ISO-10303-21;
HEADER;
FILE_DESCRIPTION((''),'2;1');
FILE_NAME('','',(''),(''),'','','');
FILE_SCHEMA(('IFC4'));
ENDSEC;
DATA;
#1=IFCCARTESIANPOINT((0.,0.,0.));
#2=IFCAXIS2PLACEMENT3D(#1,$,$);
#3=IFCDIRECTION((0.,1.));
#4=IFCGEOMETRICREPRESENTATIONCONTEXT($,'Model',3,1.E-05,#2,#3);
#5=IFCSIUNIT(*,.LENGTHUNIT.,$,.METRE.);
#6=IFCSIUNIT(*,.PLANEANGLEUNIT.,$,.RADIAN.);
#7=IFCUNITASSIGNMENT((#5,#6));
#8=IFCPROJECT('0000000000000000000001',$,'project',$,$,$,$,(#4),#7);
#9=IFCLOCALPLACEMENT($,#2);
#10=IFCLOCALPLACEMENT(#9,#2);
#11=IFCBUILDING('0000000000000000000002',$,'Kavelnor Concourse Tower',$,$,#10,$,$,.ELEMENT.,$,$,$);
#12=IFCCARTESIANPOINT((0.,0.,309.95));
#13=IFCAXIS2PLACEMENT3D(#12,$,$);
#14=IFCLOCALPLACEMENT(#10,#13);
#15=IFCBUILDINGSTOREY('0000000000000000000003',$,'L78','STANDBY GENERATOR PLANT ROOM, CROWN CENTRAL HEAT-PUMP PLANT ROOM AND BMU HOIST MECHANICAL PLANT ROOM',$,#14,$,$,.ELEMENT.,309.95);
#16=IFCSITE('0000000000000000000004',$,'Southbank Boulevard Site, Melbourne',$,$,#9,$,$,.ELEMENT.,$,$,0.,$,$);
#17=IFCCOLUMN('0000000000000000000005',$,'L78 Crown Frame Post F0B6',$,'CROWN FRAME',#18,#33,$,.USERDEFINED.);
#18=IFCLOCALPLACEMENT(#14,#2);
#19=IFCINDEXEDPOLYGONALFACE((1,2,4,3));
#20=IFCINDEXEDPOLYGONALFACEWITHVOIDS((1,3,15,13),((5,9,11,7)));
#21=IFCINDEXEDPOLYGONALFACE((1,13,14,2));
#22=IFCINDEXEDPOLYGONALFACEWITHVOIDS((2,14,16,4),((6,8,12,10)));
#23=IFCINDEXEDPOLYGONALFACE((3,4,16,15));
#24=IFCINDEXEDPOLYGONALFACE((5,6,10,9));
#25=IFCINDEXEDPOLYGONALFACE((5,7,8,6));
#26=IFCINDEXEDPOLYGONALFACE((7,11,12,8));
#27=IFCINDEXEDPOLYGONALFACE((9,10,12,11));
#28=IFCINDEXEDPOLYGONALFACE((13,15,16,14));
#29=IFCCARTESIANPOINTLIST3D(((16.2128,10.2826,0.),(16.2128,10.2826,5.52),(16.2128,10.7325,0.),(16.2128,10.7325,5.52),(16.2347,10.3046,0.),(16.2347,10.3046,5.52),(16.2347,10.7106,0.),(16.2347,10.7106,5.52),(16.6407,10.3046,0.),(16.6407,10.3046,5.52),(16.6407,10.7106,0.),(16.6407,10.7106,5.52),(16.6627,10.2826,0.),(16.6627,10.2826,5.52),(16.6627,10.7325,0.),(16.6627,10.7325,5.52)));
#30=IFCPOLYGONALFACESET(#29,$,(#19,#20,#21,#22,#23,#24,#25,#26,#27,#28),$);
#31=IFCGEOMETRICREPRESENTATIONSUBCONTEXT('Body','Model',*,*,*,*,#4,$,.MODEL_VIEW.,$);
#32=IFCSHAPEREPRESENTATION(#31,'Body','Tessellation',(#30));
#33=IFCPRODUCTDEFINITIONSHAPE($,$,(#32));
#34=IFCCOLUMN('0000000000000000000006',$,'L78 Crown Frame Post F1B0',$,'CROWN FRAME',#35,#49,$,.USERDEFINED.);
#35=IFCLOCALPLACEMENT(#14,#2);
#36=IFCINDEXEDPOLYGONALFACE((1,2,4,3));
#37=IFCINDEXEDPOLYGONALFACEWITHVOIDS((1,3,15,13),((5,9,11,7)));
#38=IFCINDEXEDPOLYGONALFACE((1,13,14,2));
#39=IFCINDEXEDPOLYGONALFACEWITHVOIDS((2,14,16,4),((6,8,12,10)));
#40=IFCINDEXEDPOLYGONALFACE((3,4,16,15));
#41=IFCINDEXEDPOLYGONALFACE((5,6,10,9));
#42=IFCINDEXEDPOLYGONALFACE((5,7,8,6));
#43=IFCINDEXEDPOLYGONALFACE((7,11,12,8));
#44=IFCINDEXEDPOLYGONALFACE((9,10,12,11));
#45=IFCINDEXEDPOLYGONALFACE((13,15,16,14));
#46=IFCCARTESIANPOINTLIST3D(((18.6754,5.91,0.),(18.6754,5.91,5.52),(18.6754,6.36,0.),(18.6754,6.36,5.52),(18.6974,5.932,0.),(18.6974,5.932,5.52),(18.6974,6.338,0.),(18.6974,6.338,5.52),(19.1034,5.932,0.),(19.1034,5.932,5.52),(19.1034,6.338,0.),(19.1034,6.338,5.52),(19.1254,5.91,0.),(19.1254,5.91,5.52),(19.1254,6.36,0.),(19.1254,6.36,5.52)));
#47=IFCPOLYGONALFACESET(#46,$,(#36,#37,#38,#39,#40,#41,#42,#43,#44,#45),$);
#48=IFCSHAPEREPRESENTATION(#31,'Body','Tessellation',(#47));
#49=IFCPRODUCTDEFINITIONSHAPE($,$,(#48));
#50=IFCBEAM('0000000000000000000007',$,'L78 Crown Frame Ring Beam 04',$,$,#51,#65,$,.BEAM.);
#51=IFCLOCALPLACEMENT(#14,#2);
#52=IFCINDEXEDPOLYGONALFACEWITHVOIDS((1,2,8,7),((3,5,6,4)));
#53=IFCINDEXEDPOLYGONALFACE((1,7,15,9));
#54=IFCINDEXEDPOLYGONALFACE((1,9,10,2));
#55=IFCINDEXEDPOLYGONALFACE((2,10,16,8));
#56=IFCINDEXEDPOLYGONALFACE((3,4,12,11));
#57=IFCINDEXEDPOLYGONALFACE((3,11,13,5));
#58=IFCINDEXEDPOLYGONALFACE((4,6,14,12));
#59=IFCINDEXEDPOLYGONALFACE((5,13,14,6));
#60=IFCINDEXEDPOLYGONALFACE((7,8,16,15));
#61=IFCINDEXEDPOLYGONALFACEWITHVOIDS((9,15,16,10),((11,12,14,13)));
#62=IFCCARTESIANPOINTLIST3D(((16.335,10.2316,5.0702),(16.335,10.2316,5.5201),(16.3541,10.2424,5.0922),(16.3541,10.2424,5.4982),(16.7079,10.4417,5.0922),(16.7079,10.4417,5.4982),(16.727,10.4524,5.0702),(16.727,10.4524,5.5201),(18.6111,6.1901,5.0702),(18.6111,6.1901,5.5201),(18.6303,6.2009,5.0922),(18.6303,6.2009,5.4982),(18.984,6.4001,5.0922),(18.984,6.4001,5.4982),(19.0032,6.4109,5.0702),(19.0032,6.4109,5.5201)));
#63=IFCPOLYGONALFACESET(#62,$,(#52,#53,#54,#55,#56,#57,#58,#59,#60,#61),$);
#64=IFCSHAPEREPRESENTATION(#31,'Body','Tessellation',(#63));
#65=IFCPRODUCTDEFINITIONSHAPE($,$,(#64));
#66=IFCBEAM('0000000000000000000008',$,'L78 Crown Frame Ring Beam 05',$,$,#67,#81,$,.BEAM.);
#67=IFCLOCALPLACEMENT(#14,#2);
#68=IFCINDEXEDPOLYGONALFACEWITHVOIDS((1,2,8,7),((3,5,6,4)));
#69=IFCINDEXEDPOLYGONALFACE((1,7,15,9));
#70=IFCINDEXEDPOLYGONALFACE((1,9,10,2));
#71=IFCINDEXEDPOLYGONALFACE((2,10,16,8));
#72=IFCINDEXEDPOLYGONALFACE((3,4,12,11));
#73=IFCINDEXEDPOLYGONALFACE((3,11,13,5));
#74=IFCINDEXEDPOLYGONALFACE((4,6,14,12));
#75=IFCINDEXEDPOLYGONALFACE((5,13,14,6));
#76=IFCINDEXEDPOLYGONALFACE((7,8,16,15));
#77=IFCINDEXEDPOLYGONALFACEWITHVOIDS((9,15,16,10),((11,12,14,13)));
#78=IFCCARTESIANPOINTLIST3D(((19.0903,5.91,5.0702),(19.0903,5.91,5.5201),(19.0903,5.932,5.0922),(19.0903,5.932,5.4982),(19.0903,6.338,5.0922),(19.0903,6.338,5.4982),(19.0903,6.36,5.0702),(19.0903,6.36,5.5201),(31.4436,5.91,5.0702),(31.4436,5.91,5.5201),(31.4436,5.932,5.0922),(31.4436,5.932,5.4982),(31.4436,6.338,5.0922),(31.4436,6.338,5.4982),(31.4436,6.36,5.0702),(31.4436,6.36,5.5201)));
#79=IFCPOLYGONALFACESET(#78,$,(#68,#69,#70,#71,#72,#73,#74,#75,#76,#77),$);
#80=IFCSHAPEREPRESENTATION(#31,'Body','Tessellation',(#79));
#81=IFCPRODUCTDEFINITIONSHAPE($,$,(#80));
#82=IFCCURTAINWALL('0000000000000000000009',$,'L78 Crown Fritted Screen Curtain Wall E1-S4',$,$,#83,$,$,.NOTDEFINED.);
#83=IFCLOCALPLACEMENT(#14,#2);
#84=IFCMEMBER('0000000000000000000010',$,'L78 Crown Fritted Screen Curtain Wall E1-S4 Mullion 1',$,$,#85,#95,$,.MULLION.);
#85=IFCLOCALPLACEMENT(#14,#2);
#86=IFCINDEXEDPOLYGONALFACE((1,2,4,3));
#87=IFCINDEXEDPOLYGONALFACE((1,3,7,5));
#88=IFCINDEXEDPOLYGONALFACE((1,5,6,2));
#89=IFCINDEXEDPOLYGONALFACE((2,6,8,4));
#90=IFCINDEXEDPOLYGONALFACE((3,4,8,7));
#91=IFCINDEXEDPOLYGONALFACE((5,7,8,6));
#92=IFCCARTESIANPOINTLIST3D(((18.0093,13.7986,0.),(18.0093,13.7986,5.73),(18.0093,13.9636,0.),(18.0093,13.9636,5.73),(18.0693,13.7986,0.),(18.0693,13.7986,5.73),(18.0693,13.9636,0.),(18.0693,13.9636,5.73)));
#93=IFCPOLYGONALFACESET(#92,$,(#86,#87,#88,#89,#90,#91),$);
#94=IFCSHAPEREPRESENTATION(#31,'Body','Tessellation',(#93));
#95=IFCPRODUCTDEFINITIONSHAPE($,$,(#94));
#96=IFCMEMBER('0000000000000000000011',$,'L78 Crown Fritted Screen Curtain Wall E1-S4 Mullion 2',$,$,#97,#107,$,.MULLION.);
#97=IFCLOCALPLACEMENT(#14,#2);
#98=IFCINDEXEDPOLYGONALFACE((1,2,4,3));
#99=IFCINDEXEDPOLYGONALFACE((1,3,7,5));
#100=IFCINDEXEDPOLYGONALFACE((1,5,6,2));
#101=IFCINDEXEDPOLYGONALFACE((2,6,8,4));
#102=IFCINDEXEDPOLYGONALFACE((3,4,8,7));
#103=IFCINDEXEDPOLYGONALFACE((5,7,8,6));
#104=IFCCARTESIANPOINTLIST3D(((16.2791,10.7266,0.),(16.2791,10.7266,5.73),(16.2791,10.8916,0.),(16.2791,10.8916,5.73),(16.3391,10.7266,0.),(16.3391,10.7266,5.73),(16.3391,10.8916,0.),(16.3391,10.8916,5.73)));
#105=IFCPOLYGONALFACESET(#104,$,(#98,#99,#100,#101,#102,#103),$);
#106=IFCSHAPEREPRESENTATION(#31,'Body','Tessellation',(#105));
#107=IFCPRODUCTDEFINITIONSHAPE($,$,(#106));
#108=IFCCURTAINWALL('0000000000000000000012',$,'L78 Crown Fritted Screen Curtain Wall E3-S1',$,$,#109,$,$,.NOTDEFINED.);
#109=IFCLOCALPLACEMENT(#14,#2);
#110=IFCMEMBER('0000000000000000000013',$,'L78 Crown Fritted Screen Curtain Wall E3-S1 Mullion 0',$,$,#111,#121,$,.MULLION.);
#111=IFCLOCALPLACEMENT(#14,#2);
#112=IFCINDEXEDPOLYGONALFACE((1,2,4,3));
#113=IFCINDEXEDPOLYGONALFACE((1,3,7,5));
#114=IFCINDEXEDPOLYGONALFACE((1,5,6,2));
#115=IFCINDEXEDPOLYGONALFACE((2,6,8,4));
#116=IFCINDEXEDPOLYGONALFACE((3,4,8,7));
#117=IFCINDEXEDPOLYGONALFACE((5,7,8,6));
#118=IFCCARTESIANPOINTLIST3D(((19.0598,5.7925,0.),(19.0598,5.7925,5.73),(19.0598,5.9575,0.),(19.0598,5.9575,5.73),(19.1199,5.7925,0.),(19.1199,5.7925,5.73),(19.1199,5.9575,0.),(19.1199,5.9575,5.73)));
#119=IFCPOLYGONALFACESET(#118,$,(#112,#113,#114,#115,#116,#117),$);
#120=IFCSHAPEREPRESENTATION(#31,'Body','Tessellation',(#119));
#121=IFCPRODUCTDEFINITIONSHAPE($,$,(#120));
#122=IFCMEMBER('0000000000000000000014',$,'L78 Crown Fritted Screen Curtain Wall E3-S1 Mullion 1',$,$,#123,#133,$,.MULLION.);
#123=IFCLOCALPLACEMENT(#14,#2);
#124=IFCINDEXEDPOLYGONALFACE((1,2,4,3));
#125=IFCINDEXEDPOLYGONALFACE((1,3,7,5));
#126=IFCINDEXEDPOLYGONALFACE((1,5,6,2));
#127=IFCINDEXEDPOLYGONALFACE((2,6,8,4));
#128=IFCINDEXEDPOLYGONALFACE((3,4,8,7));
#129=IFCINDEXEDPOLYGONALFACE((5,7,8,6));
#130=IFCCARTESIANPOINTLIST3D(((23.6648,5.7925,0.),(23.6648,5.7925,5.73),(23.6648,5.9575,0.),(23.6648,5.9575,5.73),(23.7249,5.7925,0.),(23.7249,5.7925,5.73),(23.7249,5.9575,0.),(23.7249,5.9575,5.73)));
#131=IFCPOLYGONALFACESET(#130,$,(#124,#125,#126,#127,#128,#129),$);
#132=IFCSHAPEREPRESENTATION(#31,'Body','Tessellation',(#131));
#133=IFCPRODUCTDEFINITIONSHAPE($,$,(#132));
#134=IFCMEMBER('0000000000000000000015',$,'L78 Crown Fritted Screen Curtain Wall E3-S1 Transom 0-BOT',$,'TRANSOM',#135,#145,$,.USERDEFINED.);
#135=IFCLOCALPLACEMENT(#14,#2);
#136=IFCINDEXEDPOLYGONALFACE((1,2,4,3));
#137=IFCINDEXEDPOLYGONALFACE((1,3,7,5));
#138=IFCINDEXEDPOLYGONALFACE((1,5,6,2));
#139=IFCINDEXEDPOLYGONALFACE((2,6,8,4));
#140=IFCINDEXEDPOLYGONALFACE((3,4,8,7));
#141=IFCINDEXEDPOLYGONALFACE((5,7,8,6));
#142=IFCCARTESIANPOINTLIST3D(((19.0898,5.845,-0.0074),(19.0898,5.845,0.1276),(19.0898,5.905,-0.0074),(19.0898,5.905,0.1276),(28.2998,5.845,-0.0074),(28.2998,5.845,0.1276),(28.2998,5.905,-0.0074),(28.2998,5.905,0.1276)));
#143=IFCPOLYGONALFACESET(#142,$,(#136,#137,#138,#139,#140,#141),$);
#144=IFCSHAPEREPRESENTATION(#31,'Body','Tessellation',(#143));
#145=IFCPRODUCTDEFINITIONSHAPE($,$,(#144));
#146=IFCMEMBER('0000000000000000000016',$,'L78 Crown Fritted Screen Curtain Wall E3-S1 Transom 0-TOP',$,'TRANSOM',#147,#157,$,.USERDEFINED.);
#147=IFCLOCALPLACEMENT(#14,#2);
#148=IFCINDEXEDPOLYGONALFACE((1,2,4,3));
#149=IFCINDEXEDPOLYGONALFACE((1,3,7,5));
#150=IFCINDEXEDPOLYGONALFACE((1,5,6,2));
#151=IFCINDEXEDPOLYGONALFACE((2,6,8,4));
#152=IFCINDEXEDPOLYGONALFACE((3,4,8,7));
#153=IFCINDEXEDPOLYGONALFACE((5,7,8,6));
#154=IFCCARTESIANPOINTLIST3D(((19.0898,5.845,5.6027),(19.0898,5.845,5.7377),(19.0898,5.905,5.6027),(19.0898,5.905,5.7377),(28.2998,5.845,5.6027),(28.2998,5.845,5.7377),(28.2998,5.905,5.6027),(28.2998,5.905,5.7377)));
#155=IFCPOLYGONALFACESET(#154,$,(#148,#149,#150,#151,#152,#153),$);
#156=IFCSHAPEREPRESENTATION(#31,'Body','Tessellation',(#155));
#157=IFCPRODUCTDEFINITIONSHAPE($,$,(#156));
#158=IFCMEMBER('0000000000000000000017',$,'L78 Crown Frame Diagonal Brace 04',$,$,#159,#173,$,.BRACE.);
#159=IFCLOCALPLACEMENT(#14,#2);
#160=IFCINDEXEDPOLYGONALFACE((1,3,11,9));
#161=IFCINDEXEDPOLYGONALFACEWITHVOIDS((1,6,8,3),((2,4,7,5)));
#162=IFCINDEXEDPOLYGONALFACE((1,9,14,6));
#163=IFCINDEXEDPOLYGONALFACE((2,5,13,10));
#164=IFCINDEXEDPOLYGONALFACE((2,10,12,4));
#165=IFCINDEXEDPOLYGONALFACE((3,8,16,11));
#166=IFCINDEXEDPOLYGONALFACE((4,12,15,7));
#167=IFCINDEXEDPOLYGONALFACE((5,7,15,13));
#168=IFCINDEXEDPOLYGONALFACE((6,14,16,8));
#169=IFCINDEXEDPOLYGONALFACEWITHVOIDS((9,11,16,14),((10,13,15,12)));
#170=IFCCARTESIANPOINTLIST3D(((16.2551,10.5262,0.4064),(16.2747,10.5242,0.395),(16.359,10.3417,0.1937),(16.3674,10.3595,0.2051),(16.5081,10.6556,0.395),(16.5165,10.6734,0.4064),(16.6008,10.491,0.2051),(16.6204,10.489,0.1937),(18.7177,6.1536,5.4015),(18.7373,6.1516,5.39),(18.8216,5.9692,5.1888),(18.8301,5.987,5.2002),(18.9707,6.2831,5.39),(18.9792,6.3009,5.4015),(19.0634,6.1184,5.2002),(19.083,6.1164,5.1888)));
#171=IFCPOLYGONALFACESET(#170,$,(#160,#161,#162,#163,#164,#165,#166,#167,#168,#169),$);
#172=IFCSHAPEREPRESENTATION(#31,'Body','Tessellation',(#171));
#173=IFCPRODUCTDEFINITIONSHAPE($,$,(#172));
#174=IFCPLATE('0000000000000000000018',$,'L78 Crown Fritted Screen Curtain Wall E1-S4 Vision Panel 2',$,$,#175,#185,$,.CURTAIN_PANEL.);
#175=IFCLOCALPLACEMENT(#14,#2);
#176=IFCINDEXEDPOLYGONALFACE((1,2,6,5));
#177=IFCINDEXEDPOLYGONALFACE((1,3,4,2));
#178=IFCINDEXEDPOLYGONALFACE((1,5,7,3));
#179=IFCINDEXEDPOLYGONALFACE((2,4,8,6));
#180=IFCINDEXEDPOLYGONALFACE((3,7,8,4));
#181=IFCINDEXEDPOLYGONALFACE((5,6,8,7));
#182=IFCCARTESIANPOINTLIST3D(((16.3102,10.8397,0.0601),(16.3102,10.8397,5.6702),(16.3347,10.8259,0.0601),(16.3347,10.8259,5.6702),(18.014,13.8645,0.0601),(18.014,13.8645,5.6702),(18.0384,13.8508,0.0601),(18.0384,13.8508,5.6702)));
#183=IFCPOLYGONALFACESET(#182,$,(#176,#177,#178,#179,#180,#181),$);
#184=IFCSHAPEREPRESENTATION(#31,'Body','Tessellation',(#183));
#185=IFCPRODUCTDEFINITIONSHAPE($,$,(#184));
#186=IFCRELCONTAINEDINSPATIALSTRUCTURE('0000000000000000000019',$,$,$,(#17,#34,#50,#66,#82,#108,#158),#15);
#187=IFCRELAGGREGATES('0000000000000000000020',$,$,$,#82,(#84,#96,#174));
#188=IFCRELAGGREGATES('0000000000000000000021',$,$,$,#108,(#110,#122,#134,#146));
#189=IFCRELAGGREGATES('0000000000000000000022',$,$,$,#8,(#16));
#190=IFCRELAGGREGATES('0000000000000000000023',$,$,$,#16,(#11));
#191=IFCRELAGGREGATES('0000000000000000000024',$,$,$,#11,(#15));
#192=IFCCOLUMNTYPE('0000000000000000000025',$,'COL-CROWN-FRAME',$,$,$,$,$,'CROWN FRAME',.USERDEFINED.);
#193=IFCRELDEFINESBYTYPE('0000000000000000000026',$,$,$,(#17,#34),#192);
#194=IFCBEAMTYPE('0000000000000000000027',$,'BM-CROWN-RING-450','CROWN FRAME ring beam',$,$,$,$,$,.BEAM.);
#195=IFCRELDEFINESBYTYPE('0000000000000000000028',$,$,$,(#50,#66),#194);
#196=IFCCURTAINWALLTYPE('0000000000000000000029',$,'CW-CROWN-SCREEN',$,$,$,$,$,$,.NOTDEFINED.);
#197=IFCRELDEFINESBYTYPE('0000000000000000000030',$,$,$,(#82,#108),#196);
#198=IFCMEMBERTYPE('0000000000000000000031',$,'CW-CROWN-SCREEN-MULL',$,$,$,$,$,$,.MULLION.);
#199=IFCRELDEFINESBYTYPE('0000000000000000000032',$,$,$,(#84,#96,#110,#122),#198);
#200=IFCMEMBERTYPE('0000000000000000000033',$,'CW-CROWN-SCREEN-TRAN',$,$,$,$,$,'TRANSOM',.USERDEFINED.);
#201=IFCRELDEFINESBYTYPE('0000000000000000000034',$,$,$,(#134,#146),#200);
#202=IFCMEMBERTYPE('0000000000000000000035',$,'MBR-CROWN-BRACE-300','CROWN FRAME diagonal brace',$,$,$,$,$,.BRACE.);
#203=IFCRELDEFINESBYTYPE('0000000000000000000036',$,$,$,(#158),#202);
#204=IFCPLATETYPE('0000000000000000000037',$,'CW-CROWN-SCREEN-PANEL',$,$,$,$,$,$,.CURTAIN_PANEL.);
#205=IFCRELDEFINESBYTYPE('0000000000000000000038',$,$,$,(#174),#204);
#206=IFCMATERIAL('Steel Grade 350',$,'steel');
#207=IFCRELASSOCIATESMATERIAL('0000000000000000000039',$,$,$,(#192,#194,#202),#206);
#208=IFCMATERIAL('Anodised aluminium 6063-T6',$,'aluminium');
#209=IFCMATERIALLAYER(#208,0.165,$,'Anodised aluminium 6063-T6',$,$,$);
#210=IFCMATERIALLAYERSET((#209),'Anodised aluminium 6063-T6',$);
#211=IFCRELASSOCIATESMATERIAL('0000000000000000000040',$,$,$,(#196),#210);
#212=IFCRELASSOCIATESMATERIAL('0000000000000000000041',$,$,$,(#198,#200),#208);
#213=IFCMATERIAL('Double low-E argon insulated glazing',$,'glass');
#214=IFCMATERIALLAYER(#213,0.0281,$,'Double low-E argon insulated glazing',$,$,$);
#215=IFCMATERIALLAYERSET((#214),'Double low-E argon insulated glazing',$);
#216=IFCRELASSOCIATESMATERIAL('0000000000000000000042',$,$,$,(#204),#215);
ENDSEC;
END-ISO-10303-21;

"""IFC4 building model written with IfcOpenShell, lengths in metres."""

from ifc_helpers import new_model, si_unit, direction, frame, origin, origin_2d, place, context, subcontext, project, spatial, rectangle, hollow_rectangle, extrude, material, layer, layer_set, material_profile, profile_set, type_object, element, aggregate, save


model = new_model("IFC4")

# Units and contexts
model_context = context("Model", 3, precision=1e-05, world=origin(), true_north=direction((0.0, 1.0)))
body_context = subcontext(model_context, "Body", "Model", "MODEL_VIEW")
ifc_project = project(units=[si_unit("LENGTHUNIT", "METRE"), si_unit("PLANEANGLEUNIT", "RADIAN")], contexts=[model_context])

# Site, building, storey
site_placement = place(None, origin())
site = spatial("IfcSite", under=ifc_project, at=site_placement, Name="Southbank Boulevard Site, Melbourne", CompositionType="ELEMENT", RefElevation=0.0)
building_placement = place(site_placement, origin())
building = spatial("IfcBuilding", under=site, at=building_placement, Name="Kavelnor Concourse Tower", CompositionType="ELEMENT")
storey_placement = place(building_placement, frame((0.0, 0.0, 309.95)))
storey = spatial("IfcBuildingStorey", under=building, at=storey_placement, Name="L78", Description="STANDBY GENERATOR PLANT ROOM, CROWN CENTRAL HEAT-PUMP PLANT ROOM AND BMU HOIST MECHANICAL PLANT ROOM", CompositionType="ELEMENT", Elevation=309.95)

# Columns
ifc_material_1 = material(Name="Steel Grade 350", Category="steel")
ifc_material_profile_1 = material_profile(ifc_material_1, hollow_rectangle(XDim=0.45, YDim=0.45, WallThickness=0.022, at=origin_2d()), Name="SHS 450x450x22")
ifc_profile_set_1 = profile_set([ifc_material_profile_1], Name="Steel Grade 350")
column_type = type_object("IfcColumnType", Name="COL-CROWN-FRAME", ElementType="CROWN FRAME", PredefinedType="USERDEFINED", material=ifc_profile_set_1)
for number, where, z_axis, x_axis, name in (
    (1, (16.4377, 10.5076, 0.0), (0.0, 0.0, 1.0), (1.0, 0.0, 0.0), "L78 Crown Frame Post F0B6"),
    (2, (18.9004, 6.135, 0.0), (0.0, 0.0, 1.0), (1.0, 0.0, 0.0), "L78 Crown Frame Post F1B0"),
):
    element("IfcColumn", number, at=place(storey_placement, frame(where, z_axis=z_axis, x_axis=x_axis)), inside=storey, type_object=column_type, Name=name, ObjectType="CROWN FRAME", PredefinedType="USERDEFINED", context=body_context, shape_type="SweptSolid", body=[
        extrude(hollow_rectangle(XDim=0.45, YDim=0.45, WallThickness=0.022, at=origin_2d()), origin(), (0.0, 0.0, 1.0), 5.52),
    ])

# Beams
ifc_material_profile_2 = material_profile(ifc_material_1, hollow_rectangle(XDim=0.45, YDim=0.45, WallThickness=0.022, at=origin_2d()), Name="RHS 450x450x22")
ifc_profile_set_2 = profile_set([ifc_material_profile_2], Name="Steel Grade 350")
beam_type = type_object("IfcBeamType", Name="BM-CROWN-RING-450", Description="CROWN FRAME ring beam", PredefinedType="BEAM", material=ifc_profile_set_2)
beam_1_placement = place(storey_placement, frame((16.531, 10.342, 5.2952), z_axis=(0.490716, -0.87132, 0.0), x_axis=(0.87132, 0.490716, 0.0)))
element("IfcBeam", 3, at=beam_1_placement, inside=storey, type_object=beam_type, Name="L78 Crown Frame Ring Beam 04", PredefinedType="BEAM", context=body_context, shape_type="SweptSolid", body=[
    extrude(hollow_rectangle(XDim=0.45, YDim=0.45, WallThickness=0.022, at=origin_2d()), origin(), (0.0, 0.0, 1.0), 4.6384),
])
beam_2_placement = place(storey_placement, frame((19.0903, 6.135, 5.2952), z_axis=(1.0, 0.0, 0.0), x_axis=(0.0, 1.0, 0.0)))
element("IfcBeam", 4, at=beam_2_placement, inside=storey, type_object=beam_type, Name="L78 Crown Frame Ring Beam 05", PredefinedType="BEAM", context=body_context, shape_type="SweptSolid", body=[
    extrude(hollow_rectangle(XDim=0.45, YDim=0.45, WallThickness=0.022, at=origin_2d()), origin(), (0.0, 0.0, 1.0), 12.3533),
])

# Curtain walls, members
ifc_material_2 = material(Name="Anodised aluminium 6063-T6", Category="aluminium")
ifc_layer_1 = layer(ifc_material_2, 0.165, Name="Anodised aluminium 6063-T6")
ifc_layer_set_1 = layer_set([ifc_layer_1], Name="Anodised aluminium 6063-T6")
curtain_wall_type = type_object("IfcCurtainWallType", Name="CW-CROWN-SCREEN", PredefinedType="NOTDEFINED", material=ifc_layer_set_1)
curtain_wall_1_placement = place(storey_placement, origin())
curtain_wall_1 = element("IfcCurtainWall", 5, at=curtain_wall_1_placement, inside=storey, type_object=curtain_wall_type, Name="L78 Crown Fritted Screen Curtain Wall E1-S4", PredefinedType="NOTDEFINED")
ifc_material_profile_3 = material_profile(ifc_material_2, rectangle(XDim=0.0601, YDim=0.165, at=origin_2d()), Name="AL-MULL 60x165")
ifc_profile_set_3 = profile_set([ifc_material_profile_3], Name="Anodised aluminium 6063-T6")
member_type_1 = type_object("IfcMemberType", Name="CW-CROWN-SCREEN-MULL", PredefinedType="MULLION", material=ifc_profile_set_3)
member_1_placement = place(storey_placement, frame((18.0393, 13.8811, 0.0), z_axis=(0.0, 0.0, 1.0), x_axis=(1.0, 0.0, 0.0)))
member_1 = element("IfcMember", 6, at=member_1_placement, type_object=member_type_1, Name="L78 Crown Fritted Screen Curtain Wall E1-S4 Mullion 1", PredefinedType="MULLION", context=body_context, shape_type="SweptSolid", body=[
    extrude(rectangle(XDim=0.0601, YDim=0.165, at=origin_2d()), origin(), (0.0, 0.0, 1.0), 5.73),
])
member_2_placement = place(storey_placement, frame((16.3091, 10.8091, 0.0), z_axis=(0.0, 0.0, 1.0), x_axis=(1.0, 0.0, 0.0)))
member_2 = element("IfcMember", 7, at=member_2_placement, type_object=member_type_1, Name="L78 Crown Fritted Screen Curtain Wall E1-S4 Mullion 2", PredefinedType="MULLION", context=body_context, shape_type="SweptSolid", body=[
    extrude(rectangle(XDim=0.0601, YDim=0.165, at=origin_2d()), origin(), (0.0, 0.0, 1.0), 5.73),
])
curtain_wall_2_placement = place(storey_placement, origin())
curtain_wall_2 = element("IfcCurtainWall", 8, at=curtain_wall_2_placement, inside=storey, type_object=curtain_wall_type, Name="L78 Crown Fritted Screen Curtain Wall E3-S1", PredefinedType="NOTDEFINED")
member_3_placement = place(storey_placement, frame((19.0898, 5.875, 0.0), z_axis=(0.0, 0.0, 1.0), x_axis=(1.0, 0.0, 0.0)))
member_3 = element("IfcMember", 9, at=member_3_placement, type_object=member_type_1, Name="L78 Crown Fritted Screen Curtain Wall E3-S1 Mullion 0", PredefinedType="MULLION", context=body_context, shape_type="SweptSolid", body=[
    extrude(rectangle(XDim=0.0601, YDim=0.165, at=origin_2d()), origin(), (0.0, 0.0, 1.0), 5.73),
])
member_4_placement = place(storey_placement, frame((23.6948, 5.875, 0.0), z_axis=(0.0, 0.0, 1.0), x_axis=(1.0, 0.0, 0.0)))
member_4 = element("IfcMember", 10, at=member_4_placement, type_object=member_type_1, Name="L78 Crown Fritted Screen Curtain Wall E3-S1 Mullion 1", PredefinedType="MULLION", context=body_context, shape_type="SweptSolid", body=[
    extrude(rectangle(XDim=0.0601, YDim=0.165, at=origin_2d()), origin(), (0.0, 0.0, 1.0), 5.73),
])
ifc_material_profile_4 = material_profile(ifc_material_2, rectangle(XDim=0.0601, YDim=0.135, at=origin_2d()), Name="AL-TRAN 60x135")
ifc_profile_set_4 = profile_set([ifc_material_profile_4], Name="Anodised aluminium 6063-T6")
member_type_2 = type_object("IfcMemberType", Name="CW-CROWN-SCREEN-TRAN", ElementType="TRANSOM", PredefinedType="USERDEFINED", material=ifc_profile_set_4)
member_5_placement = place(storey_placement, frame((19.0898, 5.875, 0.0601), z_axis=(1.0, 0.0, 0.0), x_axis=(0.0, 1.0, 0.0)))
member_5 = element("IfcMember", 11, at=member_5_placement, type_object=member_type_2, Name="L78 Crown Fritted Screen Curtain Wall E3-S1 Transom 0-BOT", ObjectType="TRANSOM", PredefinedType="USERDEFINED", context=body_context, shape_type="SweptSolid", body=[
    extrude(rectangle(XDim=0.0601, YDim=0.135, at=origin_2d()), origin(), (0.0, 0.0, 1.0), 9.21),
])
member_6_placement = place(storey_placement, frame((19.0898, 5.875, 5.6702), z_axis=(1.0, 0.0, 0.0), x_axis=(0.0, 1.0, 0.0)))
member_6 = element("IfcMember", 12, at=member_6_placement, type_object=member_type_2, Name="L78 Crown Fritted Screen Curtain Wall E3-S1 Transom 0-TOP", ObjectType="TRANSOM", PredefinedType="USERDEFINED", context=body_context, shape_type="SweptSolid", body=[
    extrude(rectangle(XDim=0.0601, YDim=0.135, at=origin_2d()), origin(), (0.0, 0.0, 1.0), 9.21),
])

# Member
ifc_material_profile_5 = material_profile(ifc_material_1, hollow_rectangle(XDim=0.3, YDim=0.3, WallThickness=0.0161, at=origin_2d()), Name="SHS 300x300x16")
ifc_profile_set_5 = profile_set([ifc_material_profile_5], Name="Steel Grade 350")
member_type_3 = type_object("IfcMemberType", Name="MBR-CROWN-BRACE-300", Description="CROWN FRAME diagonal brace", PredefinedType="BRACE", material=ifc_profile_set_5)
member_7_placement = place(storey_placement, frame((16.4377, 10.5076, 0.3), z_axis=(0.347801, -0.617539, 0.705464), x_axis=(0.871313, 0.490728, 0.0)))
element("IfcMember", 13, at=member_7_placement, inside=storey, type_object=member_type_3, Name="L78 Crown Frame Diagonal Brace 04", PredefinedType="BRACE", context=body_context, shape_type="SweptSolid", body=[
    extrude(hollow_rectangle(XDim=0.3, YDim=0.3, WallThickness=0.0161, at=origin_2d()), origin(), (0.0, 0.0, 1.0), 7.0806),
])

# Plate
ifc_material_3 = material(Name="Double low-E argon insulated glazing", Category="glass")
ifc_layer_2 = layer(ifc_material_3, 0.0281, Name="Double low-E argon insulated glazing")
ifc_layer_set_2 = layer_set([ifc_layer_2], Name="Double low-E argon insulated glazing")
plate_type_1 = type_object("IfcPlateType", Name="CW-CROWN-SCREEN-PANEL", PredefinedType="CURTAIN_PANEL", material=ifc_layer_set_2)
plate_1_placement = place(storey_placement, frame((17.1743, 12.3452, 0.0601), z_axis=(0.0, 0.0, 1.0), x_axis=(-0.490752, -0.871299, 0.0)))
plate_1 = element("IfcPlate", 14, at=plate_1_placement, type_object=plate_type_1, Name="L78 Crown Fritted Screen Curtain Wall E1-S4 Vision Panel 2", PredefinedType="CURTAIN_PANEL", context=body_context, shape_type="SweptSolid", body=[
    extrude(rectangle(XDim=3.4717, YDim=0.0281, at=origin_2d()), origin(), (0.0, 0.0, 1.0), 5.6101),
])
aggregate(curtain_wall_1, [member_1, member_2, plate_1])
aggregate(curtain_wall_2, [member_3, member_4, member_5, member_6])

save(model, "model.ifc")
